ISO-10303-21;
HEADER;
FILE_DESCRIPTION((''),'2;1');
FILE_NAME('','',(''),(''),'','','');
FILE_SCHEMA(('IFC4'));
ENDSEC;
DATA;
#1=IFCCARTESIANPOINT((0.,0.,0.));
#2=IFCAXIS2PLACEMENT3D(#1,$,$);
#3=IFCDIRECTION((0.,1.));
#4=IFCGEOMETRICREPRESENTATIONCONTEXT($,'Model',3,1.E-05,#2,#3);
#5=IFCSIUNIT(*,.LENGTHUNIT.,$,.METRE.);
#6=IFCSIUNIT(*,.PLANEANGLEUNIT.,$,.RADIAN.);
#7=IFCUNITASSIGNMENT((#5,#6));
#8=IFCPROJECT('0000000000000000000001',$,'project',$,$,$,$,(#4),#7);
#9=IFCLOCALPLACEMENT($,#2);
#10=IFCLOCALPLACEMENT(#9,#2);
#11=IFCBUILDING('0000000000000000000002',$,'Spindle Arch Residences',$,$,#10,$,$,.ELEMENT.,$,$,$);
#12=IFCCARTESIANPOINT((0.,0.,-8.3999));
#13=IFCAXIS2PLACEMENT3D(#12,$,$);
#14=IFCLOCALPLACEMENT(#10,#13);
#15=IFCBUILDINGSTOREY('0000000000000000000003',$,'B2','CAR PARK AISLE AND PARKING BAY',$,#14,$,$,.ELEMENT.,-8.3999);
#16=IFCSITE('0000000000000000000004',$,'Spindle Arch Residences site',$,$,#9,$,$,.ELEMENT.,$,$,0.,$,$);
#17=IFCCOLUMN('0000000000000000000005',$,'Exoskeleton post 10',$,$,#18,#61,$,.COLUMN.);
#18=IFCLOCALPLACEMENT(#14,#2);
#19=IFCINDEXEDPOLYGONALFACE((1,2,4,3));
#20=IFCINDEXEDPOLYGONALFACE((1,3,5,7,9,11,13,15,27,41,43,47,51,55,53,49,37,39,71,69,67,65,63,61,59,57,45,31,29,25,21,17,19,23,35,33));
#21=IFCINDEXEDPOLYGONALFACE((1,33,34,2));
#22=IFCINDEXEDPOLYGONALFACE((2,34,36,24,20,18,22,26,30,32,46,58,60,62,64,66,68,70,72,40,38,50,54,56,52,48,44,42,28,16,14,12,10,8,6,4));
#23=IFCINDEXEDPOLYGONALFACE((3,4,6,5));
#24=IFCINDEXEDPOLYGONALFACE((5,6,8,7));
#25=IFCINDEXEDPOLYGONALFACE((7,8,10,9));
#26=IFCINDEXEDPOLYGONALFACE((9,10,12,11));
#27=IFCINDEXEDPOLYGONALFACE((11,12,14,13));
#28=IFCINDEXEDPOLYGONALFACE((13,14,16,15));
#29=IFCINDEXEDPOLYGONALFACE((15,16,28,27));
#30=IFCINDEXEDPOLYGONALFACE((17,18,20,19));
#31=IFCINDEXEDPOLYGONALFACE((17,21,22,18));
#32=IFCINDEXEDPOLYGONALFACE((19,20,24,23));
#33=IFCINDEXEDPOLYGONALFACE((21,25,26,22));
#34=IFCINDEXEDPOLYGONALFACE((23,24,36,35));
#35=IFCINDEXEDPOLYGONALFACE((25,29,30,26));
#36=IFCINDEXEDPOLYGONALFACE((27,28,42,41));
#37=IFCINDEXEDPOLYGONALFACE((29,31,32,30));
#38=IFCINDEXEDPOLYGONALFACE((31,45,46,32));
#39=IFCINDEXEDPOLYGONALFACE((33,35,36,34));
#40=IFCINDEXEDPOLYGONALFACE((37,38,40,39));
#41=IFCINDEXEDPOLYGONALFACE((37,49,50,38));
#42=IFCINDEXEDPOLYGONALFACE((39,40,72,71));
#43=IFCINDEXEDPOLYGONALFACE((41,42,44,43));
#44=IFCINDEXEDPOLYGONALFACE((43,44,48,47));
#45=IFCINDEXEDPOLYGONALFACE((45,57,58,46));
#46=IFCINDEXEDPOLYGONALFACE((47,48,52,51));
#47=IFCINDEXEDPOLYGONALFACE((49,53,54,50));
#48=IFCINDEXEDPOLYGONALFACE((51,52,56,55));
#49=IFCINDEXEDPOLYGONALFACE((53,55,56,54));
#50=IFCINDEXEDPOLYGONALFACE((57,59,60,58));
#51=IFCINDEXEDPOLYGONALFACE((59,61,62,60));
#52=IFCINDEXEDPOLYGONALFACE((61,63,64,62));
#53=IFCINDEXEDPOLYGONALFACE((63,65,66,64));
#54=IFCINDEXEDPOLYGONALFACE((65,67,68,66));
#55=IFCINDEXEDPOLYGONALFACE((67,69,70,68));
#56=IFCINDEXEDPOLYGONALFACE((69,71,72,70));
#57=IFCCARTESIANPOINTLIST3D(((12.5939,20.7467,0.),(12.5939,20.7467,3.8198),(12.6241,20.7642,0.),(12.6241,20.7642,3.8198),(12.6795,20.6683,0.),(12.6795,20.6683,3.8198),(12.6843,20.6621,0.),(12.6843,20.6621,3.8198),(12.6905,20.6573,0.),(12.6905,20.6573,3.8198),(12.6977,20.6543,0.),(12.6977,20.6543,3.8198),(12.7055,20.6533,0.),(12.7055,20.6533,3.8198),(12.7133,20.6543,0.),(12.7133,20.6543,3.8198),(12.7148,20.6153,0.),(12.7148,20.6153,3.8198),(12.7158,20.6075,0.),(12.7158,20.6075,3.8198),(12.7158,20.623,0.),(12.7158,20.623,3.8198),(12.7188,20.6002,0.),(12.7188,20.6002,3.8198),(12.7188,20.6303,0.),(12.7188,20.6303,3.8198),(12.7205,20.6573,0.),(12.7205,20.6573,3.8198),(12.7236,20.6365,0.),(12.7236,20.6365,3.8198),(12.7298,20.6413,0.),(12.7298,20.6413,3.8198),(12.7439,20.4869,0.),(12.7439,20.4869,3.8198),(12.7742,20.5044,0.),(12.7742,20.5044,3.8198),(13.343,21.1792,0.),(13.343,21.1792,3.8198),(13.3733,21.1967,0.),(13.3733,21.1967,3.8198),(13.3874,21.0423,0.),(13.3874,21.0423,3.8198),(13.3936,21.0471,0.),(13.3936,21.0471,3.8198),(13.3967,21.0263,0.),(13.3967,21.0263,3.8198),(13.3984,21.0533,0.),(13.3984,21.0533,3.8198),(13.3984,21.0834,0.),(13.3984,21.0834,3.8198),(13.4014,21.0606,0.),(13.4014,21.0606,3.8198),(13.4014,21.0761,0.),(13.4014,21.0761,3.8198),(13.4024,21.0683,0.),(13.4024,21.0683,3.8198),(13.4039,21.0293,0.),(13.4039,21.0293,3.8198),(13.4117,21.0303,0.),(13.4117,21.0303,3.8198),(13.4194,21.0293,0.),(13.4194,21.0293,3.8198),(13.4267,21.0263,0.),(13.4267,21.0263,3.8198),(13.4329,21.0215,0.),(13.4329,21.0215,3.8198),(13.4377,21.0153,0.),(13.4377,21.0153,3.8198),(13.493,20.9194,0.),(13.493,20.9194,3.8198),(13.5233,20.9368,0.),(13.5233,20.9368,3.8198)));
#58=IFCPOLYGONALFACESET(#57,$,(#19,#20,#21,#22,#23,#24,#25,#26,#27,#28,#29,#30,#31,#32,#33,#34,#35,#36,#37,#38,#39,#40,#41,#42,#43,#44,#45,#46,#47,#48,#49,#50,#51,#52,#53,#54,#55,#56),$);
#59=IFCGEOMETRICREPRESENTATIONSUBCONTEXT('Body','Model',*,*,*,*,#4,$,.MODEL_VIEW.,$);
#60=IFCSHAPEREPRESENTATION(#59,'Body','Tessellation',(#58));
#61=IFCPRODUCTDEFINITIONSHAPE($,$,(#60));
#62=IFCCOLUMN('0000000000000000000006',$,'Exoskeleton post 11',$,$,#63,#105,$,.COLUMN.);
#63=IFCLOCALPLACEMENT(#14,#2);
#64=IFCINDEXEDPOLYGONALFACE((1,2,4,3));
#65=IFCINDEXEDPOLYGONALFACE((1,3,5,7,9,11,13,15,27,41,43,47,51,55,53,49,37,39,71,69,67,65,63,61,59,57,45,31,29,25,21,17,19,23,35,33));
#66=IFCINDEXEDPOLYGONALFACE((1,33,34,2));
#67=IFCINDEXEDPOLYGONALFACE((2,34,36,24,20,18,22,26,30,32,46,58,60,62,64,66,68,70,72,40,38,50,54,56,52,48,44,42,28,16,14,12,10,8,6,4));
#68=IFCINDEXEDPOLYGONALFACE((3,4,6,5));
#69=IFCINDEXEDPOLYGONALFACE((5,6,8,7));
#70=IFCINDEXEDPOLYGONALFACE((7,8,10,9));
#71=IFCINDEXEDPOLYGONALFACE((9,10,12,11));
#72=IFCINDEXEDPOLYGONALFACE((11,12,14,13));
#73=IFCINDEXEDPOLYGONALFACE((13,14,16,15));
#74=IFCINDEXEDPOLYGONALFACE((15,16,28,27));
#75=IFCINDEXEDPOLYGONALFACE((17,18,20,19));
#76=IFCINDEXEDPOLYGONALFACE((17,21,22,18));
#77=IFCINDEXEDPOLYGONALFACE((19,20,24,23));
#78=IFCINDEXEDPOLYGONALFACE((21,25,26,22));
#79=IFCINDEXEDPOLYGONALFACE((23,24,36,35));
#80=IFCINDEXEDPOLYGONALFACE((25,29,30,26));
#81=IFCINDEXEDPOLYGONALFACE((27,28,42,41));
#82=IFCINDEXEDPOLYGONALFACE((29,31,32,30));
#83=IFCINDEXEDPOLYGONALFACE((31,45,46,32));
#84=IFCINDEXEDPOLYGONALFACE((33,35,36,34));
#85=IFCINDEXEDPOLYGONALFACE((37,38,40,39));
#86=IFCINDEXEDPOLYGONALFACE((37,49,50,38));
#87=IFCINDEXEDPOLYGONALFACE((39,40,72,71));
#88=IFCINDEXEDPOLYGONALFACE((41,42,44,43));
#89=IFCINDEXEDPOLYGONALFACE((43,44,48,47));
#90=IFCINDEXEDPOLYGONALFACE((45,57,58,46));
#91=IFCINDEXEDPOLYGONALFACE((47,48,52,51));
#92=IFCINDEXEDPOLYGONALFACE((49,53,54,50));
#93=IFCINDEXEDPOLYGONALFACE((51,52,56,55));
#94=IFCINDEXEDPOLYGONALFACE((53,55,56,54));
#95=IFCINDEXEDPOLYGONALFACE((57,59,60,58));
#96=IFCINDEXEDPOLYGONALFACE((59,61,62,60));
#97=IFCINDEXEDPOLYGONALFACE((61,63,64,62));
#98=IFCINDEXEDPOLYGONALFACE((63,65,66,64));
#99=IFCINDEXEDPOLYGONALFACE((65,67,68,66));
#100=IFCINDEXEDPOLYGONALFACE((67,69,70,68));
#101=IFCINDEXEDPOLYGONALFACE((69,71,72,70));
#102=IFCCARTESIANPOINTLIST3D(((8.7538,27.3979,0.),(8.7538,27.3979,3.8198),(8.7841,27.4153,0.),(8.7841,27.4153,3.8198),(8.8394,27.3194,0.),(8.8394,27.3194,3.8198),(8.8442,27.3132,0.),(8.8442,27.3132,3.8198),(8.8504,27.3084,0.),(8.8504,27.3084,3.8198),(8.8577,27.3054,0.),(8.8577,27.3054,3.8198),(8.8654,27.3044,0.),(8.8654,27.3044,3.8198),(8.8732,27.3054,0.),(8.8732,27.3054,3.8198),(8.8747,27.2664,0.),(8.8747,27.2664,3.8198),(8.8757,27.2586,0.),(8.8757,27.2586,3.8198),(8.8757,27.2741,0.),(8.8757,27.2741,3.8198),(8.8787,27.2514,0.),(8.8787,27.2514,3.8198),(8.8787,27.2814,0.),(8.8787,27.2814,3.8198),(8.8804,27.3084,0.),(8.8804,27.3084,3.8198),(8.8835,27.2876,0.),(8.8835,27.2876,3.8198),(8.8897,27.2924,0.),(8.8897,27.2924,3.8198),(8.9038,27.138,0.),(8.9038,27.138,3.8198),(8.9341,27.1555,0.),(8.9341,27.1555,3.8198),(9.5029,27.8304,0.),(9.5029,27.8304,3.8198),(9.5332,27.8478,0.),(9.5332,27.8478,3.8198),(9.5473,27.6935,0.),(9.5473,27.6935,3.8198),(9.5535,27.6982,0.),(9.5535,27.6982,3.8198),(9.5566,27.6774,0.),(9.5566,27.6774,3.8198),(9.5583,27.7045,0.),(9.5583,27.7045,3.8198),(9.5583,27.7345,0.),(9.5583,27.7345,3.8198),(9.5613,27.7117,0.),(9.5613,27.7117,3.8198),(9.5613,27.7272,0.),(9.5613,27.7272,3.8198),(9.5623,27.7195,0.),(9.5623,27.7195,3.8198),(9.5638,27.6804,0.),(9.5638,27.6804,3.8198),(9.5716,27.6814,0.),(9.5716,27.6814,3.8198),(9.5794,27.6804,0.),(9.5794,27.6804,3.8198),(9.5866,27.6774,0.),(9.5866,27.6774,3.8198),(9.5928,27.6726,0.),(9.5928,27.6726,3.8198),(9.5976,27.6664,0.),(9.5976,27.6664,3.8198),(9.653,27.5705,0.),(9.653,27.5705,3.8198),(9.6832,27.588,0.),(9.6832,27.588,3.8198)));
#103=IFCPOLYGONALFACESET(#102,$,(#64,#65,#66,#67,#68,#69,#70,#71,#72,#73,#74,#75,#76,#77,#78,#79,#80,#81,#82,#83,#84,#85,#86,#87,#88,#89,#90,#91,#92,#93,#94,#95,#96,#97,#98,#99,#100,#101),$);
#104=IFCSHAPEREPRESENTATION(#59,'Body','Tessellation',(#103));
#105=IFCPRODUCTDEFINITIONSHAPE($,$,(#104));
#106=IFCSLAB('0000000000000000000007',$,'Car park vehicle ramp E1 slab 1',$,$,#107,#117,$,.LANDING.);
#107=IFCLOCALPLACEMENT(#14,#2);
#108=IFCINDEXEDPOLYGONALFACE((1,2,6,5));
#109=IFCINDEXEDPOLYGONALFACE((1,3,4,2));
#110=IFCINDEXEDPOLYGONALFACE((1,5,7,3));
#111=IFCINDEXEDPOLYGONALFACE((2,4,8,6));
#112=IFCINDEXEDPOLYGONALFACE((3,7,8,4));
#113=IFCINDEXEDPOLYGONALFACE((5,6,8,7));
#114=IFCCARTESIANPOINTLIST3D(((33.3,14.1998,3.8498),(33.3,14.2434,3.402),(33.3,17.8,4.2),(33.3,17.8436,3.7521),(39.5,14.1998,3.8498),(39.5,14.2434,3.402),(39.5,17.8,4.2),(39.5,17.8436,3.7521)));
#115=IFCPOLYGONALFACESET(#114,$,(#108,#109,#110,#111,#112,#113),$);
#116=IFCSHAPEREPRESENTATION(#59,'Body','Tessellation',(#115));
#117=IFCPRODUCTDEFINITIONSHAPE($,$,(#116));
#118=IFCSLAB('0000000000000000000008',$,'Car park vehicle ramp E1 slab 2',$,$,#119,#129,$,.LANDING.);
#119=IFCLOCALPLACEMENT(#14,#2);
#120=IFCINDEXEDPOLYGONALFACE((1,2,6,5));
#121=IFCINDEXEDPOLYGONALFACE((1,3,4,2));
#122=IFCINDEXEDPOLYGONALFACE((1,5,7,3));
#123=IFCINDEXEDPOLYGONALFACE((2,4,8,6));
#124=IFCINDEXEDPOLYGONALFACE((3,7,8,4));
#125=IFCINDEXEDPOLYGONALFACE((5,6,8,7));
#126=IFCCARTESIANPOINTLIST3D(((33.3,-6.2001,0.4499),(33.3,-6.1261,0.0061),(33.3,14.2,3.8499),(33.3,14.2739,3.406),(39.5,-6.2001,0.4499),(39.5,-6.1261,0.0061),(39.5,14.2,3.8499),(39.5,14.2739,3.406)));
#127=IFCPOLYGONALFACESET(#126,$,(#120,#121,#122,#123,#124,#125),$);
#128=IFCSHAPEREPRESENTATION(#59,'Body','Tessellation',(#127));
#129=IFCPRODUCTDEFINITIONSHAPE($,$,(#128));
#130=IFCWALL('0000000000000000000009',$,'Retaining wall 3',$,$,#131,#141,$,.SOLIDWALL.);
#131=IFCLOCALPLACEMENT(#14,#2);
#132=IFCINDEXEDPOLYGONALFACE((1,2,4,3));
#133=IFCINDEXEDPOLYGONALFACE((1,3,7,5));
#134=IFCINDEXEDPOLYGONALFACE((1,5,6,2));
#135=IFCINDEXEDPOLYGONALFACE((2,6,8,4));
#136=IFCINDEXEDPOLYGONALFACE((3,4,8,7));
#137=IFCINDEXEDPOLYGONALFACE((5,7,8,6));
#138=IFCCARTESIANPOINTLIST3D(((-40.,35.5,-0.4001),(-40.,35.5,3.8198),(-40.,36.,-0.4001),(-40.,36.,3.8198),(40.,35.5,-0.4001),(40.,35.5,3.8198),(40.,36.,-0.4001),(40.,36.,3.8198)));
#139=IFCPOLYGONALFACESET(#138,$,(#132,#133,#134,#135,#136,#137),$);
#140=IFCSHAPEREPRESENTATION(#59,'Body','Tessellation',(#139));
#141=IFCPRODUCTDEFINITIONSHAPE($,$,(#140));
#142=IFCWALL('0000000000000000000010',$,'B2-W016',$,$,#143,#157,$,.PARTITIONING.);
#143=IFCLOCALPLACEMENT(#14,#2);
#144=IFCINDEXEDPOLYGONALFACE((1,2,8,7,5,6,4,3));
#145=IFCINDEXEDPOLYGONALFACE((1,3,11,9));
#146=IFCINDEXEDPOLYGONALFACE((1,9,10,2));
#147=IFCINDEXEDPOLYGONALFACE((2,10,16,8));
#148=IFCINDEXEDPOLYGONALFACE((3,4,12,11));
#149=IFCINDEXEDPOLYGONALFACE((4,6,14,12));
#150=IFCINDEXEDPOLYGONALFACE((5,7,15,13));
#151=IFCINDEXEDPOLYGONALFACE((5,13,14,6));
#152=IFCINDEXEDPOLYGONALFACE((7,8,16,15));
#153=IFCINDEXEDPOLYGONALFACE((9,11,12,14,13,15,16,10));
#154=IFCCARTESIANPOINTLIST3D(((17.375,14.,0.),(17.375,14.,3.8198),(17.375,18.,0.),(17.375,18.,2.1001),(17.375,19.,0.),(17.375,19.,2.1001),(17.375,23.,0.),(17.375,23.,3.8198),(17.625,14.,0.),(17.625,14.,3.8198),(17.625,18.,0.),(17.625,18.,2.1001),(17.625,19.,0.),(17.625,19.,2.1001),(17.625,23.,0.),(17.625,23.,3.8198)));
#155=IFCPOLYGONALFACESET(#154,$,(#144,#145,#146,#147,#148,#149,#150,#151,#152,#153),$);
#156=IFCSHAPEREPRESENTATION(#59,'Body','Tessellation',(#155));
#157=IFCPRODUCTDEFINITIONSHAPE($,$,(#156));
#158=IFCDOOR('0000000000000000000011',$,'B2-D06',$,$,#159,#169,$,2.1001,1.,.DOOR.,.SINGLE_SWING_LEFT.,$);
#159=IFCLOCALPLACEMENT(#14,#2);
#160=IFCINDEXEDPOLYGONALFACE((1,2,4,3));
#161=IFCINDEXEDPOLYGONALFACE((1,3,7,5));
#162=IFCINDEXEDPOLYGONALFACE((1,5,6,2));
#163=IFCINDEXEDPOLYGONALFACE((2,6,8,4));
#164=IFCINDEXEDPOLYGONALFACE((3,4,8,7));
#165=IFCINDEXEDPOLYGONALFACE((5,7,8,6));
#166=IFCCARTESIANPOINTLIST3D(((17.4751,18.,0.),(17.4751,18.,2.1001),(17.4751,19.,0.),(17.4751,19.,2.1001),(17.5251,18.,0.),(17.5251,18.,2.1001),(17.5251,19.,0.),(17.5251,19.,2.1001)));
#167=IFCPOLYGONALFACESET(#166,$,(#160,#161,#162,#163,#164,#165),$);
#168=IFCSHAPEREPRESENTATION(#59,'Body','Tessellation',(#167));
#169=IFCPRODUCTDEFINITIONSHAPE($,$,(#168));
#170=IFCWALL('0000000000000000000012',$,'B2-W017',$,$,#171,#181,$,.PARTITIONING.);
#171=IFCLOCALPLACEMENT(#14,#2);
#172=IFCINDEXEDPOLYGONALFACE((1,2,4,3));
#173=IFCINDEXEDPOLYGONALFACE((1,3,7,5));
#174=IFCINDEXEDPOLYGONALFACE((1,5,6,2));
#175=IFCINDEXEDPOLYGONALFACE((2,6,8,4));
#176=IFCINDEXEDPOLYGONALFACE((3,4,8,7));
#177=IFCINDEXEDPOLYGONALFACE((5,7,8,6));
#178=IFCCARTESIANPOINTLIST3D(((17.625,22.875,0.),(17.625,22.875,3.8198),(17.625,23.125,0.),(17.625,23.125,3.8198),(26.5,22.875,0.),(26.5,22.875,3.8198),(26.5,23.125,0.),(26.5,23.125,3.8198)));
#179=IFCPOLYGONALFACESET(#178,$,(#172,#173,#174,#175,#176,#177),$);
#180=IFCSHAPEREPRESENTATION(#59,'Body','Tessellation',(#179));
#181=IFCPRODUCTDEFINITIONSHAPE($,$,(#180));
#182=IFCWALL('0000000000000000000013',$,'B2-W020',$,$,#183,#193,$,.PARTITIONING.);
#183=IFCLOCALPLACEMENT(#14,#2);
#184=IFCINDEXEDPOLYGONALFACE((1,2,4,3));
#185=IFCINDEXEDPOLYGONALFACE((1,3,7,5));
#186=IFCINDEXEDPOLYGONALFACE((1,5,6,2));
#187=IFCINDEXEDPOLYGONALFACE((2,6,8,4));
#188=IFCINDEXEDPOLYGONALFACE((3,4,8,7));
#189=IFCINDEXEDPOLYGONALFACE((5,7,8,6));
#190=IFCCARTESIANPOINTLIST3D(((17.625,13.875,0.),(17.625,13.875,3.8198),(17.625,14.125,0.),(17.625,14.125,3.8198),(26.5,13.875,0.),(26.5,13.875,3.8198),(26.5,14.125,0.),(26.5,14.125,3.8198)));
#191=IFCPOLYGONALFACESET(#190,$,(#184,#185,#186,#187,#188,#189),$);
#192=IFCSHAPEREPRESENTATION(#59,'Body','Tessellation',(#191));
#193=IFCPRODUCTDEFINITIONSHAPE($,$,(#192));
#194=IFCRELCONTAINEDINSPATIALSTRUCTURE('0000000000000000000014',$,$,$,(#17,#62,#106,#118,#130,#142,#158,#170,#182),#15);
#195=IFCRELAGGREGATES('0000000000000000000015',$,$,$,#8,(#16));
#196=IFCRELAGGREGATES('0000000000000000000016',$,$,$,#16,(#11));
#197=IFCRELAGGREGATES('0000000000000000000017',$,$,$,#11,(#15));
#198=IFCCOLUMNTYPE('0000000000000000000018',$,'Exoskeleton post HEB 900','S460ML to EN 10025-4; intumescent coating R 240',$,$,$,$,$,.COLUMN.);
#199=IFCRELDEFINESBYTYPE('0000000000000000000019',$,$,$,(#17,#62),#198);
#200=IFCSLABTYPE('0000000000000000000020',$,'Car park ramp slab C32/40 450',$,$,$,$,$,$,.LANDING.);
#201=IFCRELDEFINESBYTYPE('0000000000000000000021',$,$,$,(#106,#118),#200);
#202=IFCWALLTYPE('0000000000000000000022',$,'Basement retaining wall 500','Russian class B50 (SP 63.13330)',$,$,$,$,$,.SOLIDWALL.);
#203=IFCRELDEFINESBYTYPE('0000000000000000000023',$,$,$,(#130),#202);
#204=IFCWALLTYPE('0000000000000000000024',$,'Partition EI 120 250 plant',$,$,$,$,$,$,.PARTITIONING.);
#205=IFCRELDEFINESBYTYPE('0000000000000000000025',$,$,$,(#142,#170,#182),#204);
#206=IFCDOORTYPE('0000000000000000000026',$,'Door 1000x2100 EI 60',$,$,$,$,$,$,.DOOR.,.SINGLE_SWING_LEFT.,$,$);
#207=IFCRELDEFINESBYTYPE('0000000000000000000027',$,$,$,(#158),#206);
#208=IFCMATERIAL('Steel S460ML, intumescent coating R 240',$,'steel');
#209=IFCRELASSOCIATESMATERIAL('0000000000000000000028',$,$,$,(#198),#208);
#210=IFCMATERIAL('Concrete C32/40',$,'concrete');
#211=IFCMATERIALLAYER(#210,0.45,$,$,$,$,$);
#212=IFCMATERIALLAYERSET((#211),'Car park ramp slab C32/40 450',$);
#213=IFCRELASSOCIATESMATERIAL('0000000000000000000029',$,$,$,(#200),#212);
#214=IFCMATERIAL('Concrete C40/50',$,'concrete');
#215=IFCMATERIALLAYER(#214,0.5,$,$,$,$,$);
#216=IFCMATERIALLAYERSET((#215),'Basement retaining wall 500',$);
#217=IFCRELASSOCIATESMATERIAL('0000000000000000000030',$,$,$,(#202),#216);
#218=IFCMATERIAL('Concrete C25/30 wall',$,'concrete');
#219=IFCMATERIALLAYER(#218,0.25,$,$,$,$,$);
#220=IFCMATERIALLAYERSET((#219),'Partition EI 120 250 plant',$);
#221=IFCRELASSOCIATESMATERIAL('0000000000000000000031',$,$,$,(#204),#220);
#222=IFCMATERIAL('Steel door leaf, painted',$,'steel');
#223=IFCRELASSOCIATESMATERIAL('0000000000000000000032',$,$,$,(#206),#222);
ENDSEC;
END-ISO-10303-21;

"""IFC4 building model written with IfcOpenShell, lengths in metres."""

from ifc_helpers import new_model, si_unit, direction, frame, frame_2d, origin, origin_2d, place, context, subcontext, project, spatial, polyline, rectangle, i_section, outline, extrude, material, layer, layer_set, material_profile, profile_set, type_object, element, fill, save


model = new_model("IFC4")

# Units and contexts
model_context = context("Model", 3, precision=1e-05, world=origin(), true_north=direction((0.0, 1.0)))
body_context = subcontext(model_context, "Body", "Model", "MODEL_VIEW")
ifc_project = project(units=[si_unit("LENGTHUNIT", "METRE"), si_unit("PLANEANGLEUNIT", "RADIAN")], contexts=[model_context])

# Site, building, storey
site_placement = place(None, origin())
site = spatial("IfcSite", under=ifc_project, at=site_placement, Name="Spindle Arch Residences site", CompositionType="ELEMENT", RefElevation=0.0)
building_placement = place(site_placement, origin())
building = spatial("IfcBuilding", under=site, at=building_placement, Name="Spindle Arch Residences", CompositionType="ELEMENT")
storey_placement = place(building_placement, frame((0.0, 0.0, -8.3999)))
storey = spatial("IfcBuildingStorey", under=building, at=storey_placement, Name="B2", Description="CAR PARK AISLE AND PARKING BAY", CompositionType="ELEMENT", Elevation=-8.3999)

# Columns
ifc_material_1 = material(Name="Steel S460ML, intumescent coating R 240", Category="steel")
ifc_material_profile_1 = material_profile(ifc_material_1, i_section(OverallWidth=0.3, OverallDepth=0.8999, WebThickness=0.0186, FlangeThickness=0.0349, FilletRadius=0.03, at=origin_2d()), Name="HEB 900")
ifc_profile_set_1 = profile_set([ifc_material_profile_1], Name="Steel S460ML, intumescent coating R 240")
column_type_1 = type_object("IfcColumnType", Name="Exoskeleton post HEB 900", Description="S460ML to EN 10025-4; intumescent coating R 240", PredefinedType="COLUMN", material=ifc_profile_set_1)
for number, where, z_axis, x_axis, name in (
    (1, (13.0586, 20.8418, 0.0), (0.0, 0.0, 1.0), (0.5, -0.866025, 0.0), "Exoskeleton post 10"),
    (2, (9.2185, 27.4929, 0.0), (0.0, 0.0, 1.0), (0.5, -0.866025, 0.0), "Exoskeleton post 11"),
):
    element("IfcColumn", number, at=place(storey_placement, frame(where, z_axis=z_axis, x_axis=x_axis)), inside=storey, type_object=column_type_1, Name=name, PredefinedType="COLUMN", context=body_context, shape_type="SweptSolid", body=[
        extrude(i_section(OverallWidth=0.3, OverallDepth=0.8999, WebThickness=0.0186, FlangeThickness=0.0349, FilletRadius=0.03, at=origin_2d()), origin(), (0.0, 0.0, 1.0), 3.8198),
    ])

# Slabs
ifc_material_2 = material(Name="Concrete C32/40", Category="concrete")
ifc_layer_1 = layer(ifc_material_2, 0.45)
ifc_layer_set_1 = layer_set([ifc_layer_1], Name="Car park ramp slab C32/40 450")
slab_type = type_object("IfcSlabType", Name="Car park ramp slab C32/40 450", PredefinedType="LANDING", material=ifc_layer_set_1)
slab_1_placement = place(storey_placement, frame((33.3, 17.8, 4.2), z_axis=(0.0, -0.09679, 0.995305), x_axis=(1.0, 0.0, 0.0)))
element("IfcSlab", 3, at=slab_1_placement, inside=storey, type_object=slab_type, Name="Car park vehicle ramp E1 slab 1", PredefinedType="LANDING", context=body_context, shape_type="SweptSolid", body=[
    extrude(outline(polyline([(0.0, 0.0), (6.2, 0.0), (6.2, -3.6172), (0.0, -3.6172), (0.0, 0.0)])), origin(), (0.0, 0.0, -1.0), 0.45),
])
slab_2_placement = place(storey_placement, frame((33.3, 14.2, 3.8499), z_axis=(0.0, -0.164395, 0.986395), x_axis=(1.0, 0.0, 0.0)))
element("IfcSlab", 4, at=slab_2_placement, inside=storey, type_object=slab_type, Name="Car park vehicle ramp E1 slab 2", PredefinedType="LANDING", context=body_context, shape_type="SweptSolid", body=[
    extrude(outline(polyline([(0.0, 0.0), (6.2, 0.0), (6.2, -20.6814), (0.0, -20.6814), (0.0, 0.0)])), origin(), (0.0, 0.0, -1.0), 0.45),
])

# Wall
ifc_material_3 = material(Name="Concrete C40/50", Category="concrete")
ifc_layer_2 = layer(ifc_material_3, 0.5)
ifc_layer_set_2 = layer_set([ifc_layer_2], Name="Basement retaining wall 500")
wall_type_1 = type_object("IfcWallType", Name="Basement retaining wall 500", Description="Russian class B50 (SP 63.13330)", PredefinedType="SOLIDWALL", material=ifc_layer_set_2)
wall_1_placement = place(storey_placement, frame((40.0, 35.75, -0.4001), z_axis=(0.0, 0.0, 1.0), x_axis=(-1.0, 0.0, 0.0)))
element("IfcWall", 5, at=wall_1_placement, inside=storey, type_object=wall_type_1, Name="Retaining wall 3", PredefinedType="SOLIDWALL", context=body_context, shape_type="SweptSolid", body=[
    extrude(rectangle(XDim=80.0, YDim=0.5, at=frame_2d((40.0, 0.0))), origin(), (0.0, 0.0, 1.0), 4.22),
])

# Wall, opening, door
ifc_material_4 = material(Name="Concrete C25/30 wall", Category="concrete")
ifc_layer_3 = layer(ifc_material_4, 0.25)
ifc_layer_set_3 = layer_set([ifc_layer_3], Name="Partition EI 120 250 plant")
wall_type_2 = type_object("IfcWallType", Name="Partition EI 120 250 plant", PredefinedType="PARTITIONING", material=ifc_layer_set_3)
wall_2_placement = place(storey_placement, frame((17.5, 14.0, 0.0), z_axis=(0.0, 0.0, 1.0), x_axis=(0.0, 1.0, 0.0)))
wall_2 = element("IfcWall", 6, at=wall_2_placement, inside=storey, type_object=wall_type_2, Name="B2-W016", PredefinedType="PARTITIONING", context=body_context, shape_type="SweptSolid", body=[
    extrude(rectangle(XDim=9.0, YDim=0.25, at=frame_2d((4.5, 0.0))), origin(), (0.0, 0.0, 1.0), 3.8198),
])
opening_placement = place(wall_2_placement, frame((4.0, 0.0, 0.0)))
opening = element("IfcOpeningElement", 7, at=opening_placement, cuts=wall_2, PredefinedType="OPENING", context=body_context, shape_type="SweptSolid", body=[
    extrude(rectangle(XDim=1.0, YDim=2.1001, at=frame_2d((0.5, 1.05))), frame((0.0, 0.135, 0.0), z_axis=(0.0, -1.0, 0.0), x_axis=(1.0, 0.0, 0.0)), (0.0, 0.0, 1.0), 0.27),
])
ifc_material_5 = material(Name="Steel door leaf, painted", Category="steel")
door_type = type_object("IfcDoorType", Name="Door 1000x2100 EI 60", OperationType="SINGLE_SWING_LEFT", PredefinedType="DOOR", material=ifc_material_5)
door_placement = place(opening_placement, origin())
door = element("IfcDoor", 8, at=door_placement, inside=storey, type_object=door_type, Name="B2-D06", OperationType="SINGLE_SWING_LEFT", OverallHeight=2.1001, OverallWidth=1.0, PredefinedType="DOOR", context=body_context, shape_type="SweptSolid", body=[
    extrude(rectangle(XDim=1.0, YDim=2.1001, at=frame_2d((0.5, 1.05))), frame((0.0, 0.0249, 0.0), z_axis=(0.0, -1.0, 0.0), x_axis=(1.0, 0.0, 0.0)), (0.0, 0.0, 1.0), 0.05),
])
fill(opening, door)

# Walls
for number, where, z_axis, x_axis, name in (
    (9, (17.625, 23.0, 0.0), (0.0, 0.0, 1.0), (1.0, 0.0, 0.0), "B2-W017"),
    (10, (26.5, 14.0, 0.0), (0.0, 0.0, 1.0), (-1.0, 0.0, 0.0), "B2-W020"),
):
    element("IfcWall", number, at=place(storey_placement, frame(where, z_axis=z_axis, x_axis=x_axis)), inside=storey, type_object=wall_type_2, Name=name, PredefinedType="PARTITIONING", context=body_context, shape_type="SweptSolid", body=[
        extrude(rectangle(XDim=8.875, YDim=0.25, at=frame_2d((4.4375, 0.0))), origin(), (0.0, 0.0, 1.0), 3.8198),
    ])

save(model, "model.ifc")
